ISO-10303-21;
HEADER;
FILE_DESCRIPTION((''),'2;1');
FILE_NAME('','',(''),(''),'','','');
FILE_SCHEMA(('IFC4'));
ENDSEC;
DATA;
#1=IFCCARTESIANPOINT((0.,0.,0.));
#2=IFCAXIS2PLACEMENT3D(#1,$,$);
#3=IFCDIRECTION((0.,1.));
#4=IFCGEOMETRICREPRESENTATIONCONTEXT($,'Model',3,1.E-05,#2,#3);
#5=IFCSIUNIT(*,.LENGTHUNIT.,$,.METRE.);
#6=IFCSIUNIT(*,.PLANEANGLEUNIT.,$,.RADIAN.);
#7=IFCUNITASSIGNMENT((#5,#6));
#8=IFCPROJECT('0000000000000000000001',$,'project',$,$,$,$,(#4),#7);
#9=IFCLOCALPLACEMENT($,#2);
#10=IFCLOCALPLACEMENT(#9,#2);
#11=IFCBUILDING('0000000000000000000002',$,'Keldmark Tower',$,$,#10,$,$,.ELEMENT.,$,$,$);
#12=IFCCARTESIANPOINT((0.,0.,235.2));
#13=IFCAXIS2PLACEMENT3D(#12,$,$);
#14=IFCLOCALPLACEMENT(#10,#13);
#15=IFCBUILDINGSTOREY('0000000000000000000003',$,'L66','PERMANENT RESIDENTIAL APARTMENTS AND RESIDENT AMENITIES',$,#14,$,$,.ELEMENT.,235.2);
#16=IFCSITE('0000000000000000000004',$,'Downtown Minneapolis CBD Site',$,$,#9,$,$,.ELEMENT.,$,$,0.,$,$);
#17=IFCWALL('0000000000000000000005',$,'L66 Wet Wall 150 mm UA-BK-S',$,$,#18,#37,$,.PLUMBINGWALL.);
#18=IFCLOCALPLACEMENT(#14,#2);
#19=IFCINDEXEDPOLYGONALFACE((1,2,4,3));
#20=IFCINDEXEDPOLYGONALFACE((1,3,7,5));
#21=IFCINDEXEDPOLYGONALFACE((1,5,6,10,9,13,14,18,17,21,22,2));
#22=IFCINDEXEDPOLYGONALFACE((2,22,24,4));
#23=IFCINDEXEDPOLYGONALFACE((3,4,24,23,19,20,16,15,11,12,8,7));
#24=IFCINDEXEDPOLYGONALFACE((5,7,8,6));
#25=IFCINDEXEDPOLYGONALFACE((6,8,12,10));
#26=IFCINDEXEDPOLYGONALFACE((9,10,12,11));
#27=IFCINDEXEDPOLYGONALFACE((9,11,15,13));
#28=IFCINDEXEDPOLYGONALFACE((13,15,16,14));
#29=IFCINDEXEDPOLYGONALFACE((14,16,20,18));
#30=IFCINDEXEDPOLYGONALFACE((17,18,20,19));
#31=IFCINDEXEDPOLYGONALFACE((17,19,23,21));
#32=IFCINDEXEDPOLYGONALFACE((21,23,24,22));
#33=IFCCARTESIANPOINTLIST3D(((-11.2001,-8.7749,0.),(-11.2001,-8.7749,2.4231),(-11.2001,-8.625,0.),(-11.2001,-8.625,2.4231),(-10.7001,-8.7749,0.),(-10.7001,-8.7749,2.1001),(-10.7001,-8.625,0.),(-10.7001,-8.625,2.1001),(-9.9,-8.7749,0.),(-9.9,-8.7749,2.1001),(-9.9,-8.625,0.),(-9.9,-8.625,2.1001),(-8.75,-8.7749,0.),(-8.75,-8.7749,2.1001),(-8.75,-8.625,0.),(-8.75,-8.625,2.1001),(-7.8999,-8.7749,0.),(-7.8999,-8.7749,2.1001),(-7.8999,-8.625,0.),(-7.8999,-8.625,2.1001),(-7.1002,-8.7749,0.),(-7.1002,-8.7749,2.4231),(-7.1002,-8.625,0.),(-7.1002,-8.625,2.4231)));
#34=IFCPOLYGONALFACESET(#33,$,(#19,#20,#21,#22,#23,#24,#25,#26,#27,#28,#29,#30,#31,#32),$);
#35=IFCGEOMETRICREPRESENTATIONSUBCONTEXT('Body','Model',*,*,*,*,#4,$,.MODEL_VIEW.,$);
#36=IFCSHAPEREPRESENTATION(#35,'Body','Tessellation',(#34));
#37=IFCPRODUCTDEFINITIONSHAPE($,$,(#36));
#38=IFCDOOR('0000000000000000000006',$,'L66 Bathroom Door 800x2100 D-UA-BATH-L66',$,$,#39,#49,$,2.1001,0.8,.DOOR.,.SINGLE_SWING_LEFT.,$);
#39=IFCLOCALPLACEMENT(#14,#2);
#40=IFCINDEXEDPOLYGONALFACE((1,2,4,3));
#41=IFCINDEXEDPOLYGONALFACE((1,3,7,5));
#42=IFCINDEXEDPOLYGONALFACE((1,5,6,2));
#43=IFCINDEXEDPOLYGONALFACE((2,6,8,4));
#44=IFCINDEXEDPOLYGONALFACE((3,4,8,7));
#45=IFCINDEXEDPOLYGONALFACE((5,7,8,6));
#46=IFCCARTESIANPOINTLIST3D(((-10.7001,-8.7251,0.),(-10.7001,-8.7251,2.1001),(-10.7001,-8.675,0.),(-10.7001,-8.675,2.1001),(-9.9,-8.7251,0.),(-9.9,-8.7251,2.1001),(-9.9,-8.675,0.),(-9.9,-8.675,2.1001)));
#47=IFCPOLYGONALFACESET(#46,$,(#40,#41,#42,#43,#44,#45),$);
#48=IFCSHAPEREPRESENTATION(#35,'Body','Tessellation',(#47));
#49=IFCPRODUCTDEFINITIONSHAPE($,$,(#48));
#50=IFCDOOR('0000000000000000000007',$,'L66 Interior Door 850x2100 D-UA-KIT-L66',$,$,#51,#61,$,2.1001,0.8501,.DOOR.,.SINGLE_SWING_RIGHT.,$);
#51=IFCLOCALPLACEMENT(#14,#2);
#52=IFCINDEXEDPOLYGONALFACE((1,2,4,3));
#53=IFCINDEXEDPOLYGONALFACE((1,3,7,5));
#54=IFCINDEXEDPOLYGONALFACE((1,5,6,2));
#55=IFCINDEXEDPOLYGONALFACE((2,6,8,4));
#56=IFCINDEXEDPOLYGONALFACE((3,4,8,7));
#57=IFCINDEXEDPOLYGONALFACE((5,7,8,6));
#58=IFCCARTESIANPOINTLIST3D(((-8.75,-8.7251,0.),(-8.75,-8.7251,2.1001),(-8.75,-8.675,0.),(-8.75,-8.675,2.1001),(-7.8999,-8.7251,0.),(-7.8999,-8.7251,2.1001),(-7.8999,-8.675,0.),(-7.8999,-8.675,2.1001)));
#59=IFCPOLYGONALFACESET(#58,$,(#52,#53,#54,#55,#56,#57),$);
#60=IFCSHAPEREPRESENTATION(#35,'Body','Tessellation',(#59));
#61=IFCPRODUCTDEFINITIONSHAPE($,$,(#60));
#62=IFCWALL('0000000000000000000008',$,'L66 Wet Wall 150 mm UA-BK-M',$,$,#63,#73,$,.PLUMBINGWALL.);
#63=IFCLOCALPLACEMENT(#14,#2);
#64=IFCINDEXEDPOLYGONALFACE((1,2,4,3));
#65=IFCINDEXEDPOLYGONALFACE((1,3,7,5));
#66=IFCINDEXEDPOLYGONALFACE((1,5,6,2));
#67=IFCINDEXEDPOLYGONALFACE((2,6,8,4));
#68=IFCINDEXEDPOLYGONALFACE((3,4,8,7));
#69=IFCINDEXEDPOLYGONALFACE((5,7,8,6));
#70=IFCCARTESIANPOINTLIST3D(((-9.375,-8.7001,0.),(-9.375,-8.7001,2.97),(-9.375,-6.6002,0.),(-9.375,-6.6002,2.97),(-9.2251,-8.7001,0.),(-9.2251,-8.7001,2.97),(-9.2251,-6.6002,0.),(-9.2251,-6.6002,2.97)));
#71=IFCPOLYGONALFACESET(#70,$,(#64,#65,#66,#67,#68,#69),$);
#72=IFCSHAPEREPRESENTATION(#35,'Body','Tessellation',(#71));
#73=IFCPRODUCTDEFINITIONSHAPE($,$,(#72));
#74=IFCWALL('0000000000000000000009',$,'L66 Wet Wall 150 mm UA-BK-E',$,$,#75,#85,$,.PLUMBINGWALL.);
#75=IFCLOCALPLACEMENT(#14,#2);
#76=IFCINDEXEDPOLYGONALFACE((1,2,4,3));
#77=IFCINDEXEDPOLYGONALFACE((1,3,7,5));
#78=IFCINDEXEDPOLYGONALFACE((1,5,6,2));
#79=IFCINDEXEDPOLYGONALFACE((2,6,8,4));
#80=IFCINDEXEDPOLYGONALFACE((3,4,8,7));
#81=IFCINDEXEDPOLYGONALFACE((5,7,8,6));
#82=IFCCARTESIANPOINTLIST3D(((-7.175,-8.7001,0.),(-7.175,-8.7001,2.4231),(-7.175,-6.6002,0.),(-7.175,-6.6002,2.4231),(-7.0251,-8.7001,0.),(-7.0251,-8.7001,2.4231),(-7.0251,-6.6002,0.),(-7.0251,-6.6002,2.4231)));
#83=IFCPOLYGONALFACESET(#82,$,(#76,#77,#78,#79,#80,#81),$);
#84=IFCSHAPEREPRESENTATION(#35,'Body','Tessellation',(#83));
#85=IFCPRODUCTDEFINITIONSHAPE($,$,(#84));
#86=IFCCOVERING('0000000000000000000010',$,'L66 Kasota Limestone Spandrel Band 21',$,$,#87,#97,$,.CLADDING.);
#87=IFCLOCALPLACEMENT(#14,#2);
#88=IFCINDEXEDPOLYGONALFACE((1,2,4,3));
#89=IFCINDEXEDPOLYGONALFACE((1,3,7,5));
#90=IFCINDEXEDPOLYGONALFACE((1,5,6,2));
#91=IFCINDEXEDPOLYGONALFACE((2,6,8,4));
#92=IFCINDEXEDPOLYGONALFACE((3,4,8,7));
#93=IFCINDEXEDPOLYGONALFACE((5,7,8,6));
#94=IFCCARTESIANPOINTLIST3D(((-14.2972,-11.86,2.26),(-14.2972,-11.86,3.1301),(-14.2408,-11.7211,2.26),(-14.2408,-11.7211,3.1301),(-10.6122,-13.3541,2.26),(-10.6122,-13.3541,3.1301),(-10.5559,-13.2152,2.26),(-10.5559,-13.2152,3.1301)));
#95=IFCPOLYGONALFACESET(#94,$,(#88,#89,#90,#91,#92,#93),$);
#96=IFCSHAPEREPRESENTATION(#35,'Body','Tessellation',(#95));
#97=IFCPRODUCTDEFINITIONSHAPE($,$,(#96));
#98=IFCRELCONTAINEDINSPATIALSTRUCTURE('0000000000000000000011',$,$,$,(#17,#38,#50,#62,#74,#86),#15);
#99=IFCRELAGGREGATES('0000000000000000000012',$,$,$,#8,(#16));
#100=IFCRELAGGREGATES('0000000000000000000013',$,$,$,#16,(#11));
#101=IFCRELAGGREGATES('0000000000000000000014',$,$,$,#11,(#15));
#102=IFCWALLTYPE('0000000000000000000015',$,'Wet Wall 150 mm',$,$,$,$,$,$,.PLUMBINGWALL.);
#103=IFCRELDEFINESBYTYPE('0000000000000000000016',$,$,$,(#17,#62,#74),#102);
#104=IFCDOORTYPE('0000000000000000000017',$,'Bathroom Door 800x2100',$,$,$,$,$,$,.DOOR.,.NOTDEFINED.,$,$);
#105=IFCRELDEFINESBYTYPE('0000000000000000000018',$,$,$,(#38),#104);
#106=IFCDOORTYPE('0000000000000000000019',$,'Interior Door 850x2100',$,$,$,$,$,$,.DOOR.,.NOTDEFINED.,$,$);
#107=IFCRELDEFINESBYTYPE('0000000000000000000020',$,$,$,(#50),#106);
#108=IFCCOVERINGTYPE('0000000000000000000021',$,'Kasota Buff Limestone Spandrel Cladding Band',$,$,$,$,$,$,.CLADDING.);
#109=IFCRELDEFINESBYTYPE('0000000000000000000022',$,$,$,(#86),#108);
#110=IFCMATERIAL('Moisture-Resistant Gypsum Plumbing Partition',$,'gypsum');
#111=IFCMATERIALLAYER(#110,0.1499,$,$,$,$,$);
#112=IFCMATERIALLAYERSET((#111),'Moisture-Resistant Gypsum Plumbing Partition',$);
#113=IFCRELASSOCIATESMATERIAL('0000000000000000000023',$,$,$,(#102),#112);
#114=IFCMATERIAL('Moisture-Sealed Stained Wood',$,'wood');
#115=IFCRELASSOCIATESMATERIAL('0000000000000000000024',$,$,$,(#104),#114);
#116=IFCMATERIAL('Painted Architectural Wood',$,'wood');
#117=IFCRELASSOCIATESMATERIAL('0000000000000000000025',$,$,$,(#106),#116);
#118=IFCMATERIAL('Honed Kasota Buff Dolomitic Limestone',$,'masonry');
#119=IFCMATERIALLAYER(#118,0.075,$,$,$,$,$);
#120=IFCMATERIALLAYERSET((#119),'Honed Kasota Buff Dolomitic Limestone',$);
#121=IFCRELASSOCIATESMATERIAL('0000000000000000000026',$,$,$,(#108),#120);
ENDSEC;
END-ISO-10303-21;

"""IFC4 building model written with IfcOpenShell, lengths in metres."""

from ifc_helpers import new_model, si_unit, direction, frame, frame_2d, origin, origin_2d, place, context, subcontext, project, spatial, rectangle, extrude, material, layer, layer_set, type_object, element, fill, save


model = new_model("IFC4")

# Units and contexts
model_context = context("Model", 3, precision=1e-05, world=origin(), true_north=direction((0.0, 1.0)))
body_context = subcontext(model_context, "Body", "Model", "MODEL_VIEW")
ifc_project = project(units=[si_unit("LENGTHUNIT", "METRE"), si_unit("PLANEANGLEUNIT", "RADIAN")], contexts=[model_context])

# Site, building, storey
site_placement = place(None, origin())
site = spatial("IfcSite", under=ifc_project, at=site_placement, Name="Downtown Minneapolis CBD Site", CompositionType="ELEMENT", RefElevation=0.0)
building_placement = place(site_placement, origin())
building = spatial("IfcBuilding", under=site, at=building_placement, Name="Keldmark Tower", CompositionType="ELEMENT")
storey_placement = place(building_placement, frame((0.0, 0.0, 235.2)))
storey = spatial("IfcBuildingStorey", under=building, at=storey_placement, Name="L66", Description="PERMANENT RESIDENTIAL APARTMENTS AND RESIDENT AMENITIES", CompositionType="ELEMENT", Elevation=235.2)

# Wall, openings, doors
ifc_material_1 = material(Name="Moisture-Resistant Gypsum Plumbing Partition", Category="gypsum")
ifc_layer_1 = layer(ifc_material_1, 0.1499)
ifc_layer_set_1 = layer_set([ifc_layer_1], Name="Moisture-Resistant Gypsum Plumbing Partition")
wall_type_1 = type_object("IfcWallType", Name="Wet Wall 150 mm", PredefinedType="PLUMBINGWALL", material=ifc_layer_set_1)
wall_1_placement = place(storey_placement, frame((-11.2, -8.7, 0.0), z_axis=(0.0, 0.0, 1.0), x_axis=(1.0, 0.0, 0.0)))
wall_1 = element("IfcWall", 1, at=wall_1_placement, inside=storey, type_object=wall_type_1, Name="L66 Wet Wall 150 mm UA-BK-S", PredefinedType="PLUMBINGWALL", context=body_context, shape_type="SweptSolid", body=[
    extrude(rectangle(XDim=4.0999, YDim=0.1499, at=frame_2d((2.0498, 0.0))), origin(), (0.0, 0.0, 1.0), 2.4231),
])
opening_1_placement = place(wall_1_placement, frame((0.5, 0.0, 0.0)))
opening_1 = element("IfcOpeningElement", 2, at=opening_1_placement, cuts=wall_1, PredefinedType="OPENING", context=body_context, shape_type="SweptSolid", body=[
    extrude(rectangle(XDim=0.8, YDim=2.1001, at=frame_2d((0.3999, 1.05))), frame((0.0, 0.085, 0.0), z_axis=(0.0, -1.0, 0.0), x_axis=(1.0, 0.0, 0.0)), (0.0, 0.0, 1.0), 0.1699),
])
opening_2_placement = place(wall_1_placement, frame((2.45, 0.0, 0.0)))
opening_2 = element("IfcOpeningElement", 3, at=opening_2_placement, cuts=wall_1, PredefinedType="OPENING", context=body_context, shape_type="SweptSolid", body=[
    extrude(rectangle(XDim=0.8501, YDim=2.1001, at=frame_2d((0.425, 1.05))), frame((0.0, 0.085, 0.0), z_axis=(0.0, -1.0, 0.0), x_axis=(1.0, 0.0, 0.0)), (0.0, 0.0, 1.0), 0.1699),
])
ifc_material_2 = material(Name="Moisture-Sealed Stained Wood", Category="wood")
door_type_1 = type_object("IfcDoorType", Name="Bathroom Door 800x2100", OperationType="NOTDEFINED", PredefinedType="DOOR", material=ifc_material_2)
door_1_placement = place(opening_1_placement, origin())
door_1 = element("IfcDoor", 4, at=door_1_placement, inside=storey, type_object=door_type_1, Name="L66 Bathroom Door 800x2100 D-UA-BATH-L66", OperationType="SINGLE_SWING_LEFT", OverallHeight=2.1001, OverallWidth=0.8, PredefinedType="DOOR", context=body_context, shape_type="SweptSolid", body=[
    extrude(rectangle(XDim=0.8, YDim=2.1001, at=frame_2d((0.3999, 1.05))), frame((0.0, 0.0249, 0.0), z_axis=(0.0, -1.0, 0.0), x_axis=(1.0, 0.0, 0.0)), (0.0, 0.0, 1.0), 0.05),
])
fill(opening_1, door_1)
ifc_material_3 = material(Name="Painted Architectural Wood", Category="wood")
door_type_2 = type_object("IfcDoorType", Name="Interior Door 850x2100", OperationType="NOTDEFINED", PredefinedType="DOOR", material=ifc_material_3)
door_2_placement = place(opening_2_placement, origin())
door_2 = element("IfcDoor", 5, at=door_2_placement, inside=storey, type_object=door_type_2, Name="L66 Interior Door 850x2100 D-UA-KIT-L66", OperationType="SINGLE_SWING_RIGHT", OverallHeight=2.1001, OverallWidth=0.8501, PredefinedType="DOOR", context=body_context, shape_type="SweptSolid", body=[
    extrude(rectangle(XDim=0.8501, YDim=2.1001, at=frame_2d((0.425, 1.05))), frame((0.0, 0.0249, 0.0), z_axis=(0.0, -1.0, 0.0), x_axis=(1.0, 0.0, 0.0)), (0.0, 0.0, 1.0), 0.05),
])
fill(opening_2, door_2)

# Walls
wall_2_placement = place(storey_placement, frame((-9.3, -8.7, 0.0), z_axis=(0.0, 0.0, 1.0), x_axis=(0.0, 1.0, 0.0)))
element("IfcWall", 6, at=wall_2_placement, inside=storey, type_object=wall_type_1, Name="L66 Wet Wall 150 mm UA-BK-M", PredefinedType="PLUMBINGWALL", context=body_context, shape_type="SweptSolid", body=[
    extrude(rectangle(XDim=2.0999, YDim=0.1499, at=frame_2d((1.0498, 0.0))), origin(), (0.0, 0.0, 1.0), 2.97),
])
wall_3_placement = place(storey_placement, frame((-7.1001, -8.7, 0.0), z_axis=(0.0, 0.0, 1.0), x_axis=(0.0, 1.0, 0.0)))
element("IfcWall", 7, at=wall_3_placement, inside=storey, type_object=wall_type_1, Name="L66 Wet Wall 150 mm UA-BK-E", PredefinedType="PLUMBINGWALL", context=body_context, shape_type="SweptSolid", body=[
    extrude(rectangle(XDim=2.0999, YDim=0.1499, at=frame_2d((1.0498, 0.0))), origin(), (0.0, 0.0, 1.0), 2.4231),
])

# Covering
ifc_material_4 = material(Name="Honed Kasota Buff Dolomitic Limestone", Category="masonry")
ifc_layer_2 = layer(ifc_material_4, 0.075)
ifc_layer_set_2 = layer_set([ifc_layer_2], Name="Honed Kasota Buff Dolomitic Limestone")
covering_type = type_object("IfcCoveringType", Name="Kasota Buff Limestone Spandrel Cladding Band", PredefinedType="CLADDING", material=ifc_layer_set_2)
covering_placement = place(storey_placement, frame((-12.4265, -12.5376, 2.26), z_axis=(0.0, 0.0, 1.0), x_axis=(0.926725, -0.375739, 0.0)))
element("IfcCovering", 8, at=covering_placement, inside=storey, type_object=covering_type, Name="L66 Kasota Limestone Spandrel Band 21", PredefinedType="CLADDING", context=body_context, shape_type="SweptSolid", body=[
    extrude(rectangle(XDim=3.9763, YDim=0.1499, at=origin_2d()), origin(), (0.0, 0.0, 1.0), 0.8701),
])

save(model, "model.ifc")
